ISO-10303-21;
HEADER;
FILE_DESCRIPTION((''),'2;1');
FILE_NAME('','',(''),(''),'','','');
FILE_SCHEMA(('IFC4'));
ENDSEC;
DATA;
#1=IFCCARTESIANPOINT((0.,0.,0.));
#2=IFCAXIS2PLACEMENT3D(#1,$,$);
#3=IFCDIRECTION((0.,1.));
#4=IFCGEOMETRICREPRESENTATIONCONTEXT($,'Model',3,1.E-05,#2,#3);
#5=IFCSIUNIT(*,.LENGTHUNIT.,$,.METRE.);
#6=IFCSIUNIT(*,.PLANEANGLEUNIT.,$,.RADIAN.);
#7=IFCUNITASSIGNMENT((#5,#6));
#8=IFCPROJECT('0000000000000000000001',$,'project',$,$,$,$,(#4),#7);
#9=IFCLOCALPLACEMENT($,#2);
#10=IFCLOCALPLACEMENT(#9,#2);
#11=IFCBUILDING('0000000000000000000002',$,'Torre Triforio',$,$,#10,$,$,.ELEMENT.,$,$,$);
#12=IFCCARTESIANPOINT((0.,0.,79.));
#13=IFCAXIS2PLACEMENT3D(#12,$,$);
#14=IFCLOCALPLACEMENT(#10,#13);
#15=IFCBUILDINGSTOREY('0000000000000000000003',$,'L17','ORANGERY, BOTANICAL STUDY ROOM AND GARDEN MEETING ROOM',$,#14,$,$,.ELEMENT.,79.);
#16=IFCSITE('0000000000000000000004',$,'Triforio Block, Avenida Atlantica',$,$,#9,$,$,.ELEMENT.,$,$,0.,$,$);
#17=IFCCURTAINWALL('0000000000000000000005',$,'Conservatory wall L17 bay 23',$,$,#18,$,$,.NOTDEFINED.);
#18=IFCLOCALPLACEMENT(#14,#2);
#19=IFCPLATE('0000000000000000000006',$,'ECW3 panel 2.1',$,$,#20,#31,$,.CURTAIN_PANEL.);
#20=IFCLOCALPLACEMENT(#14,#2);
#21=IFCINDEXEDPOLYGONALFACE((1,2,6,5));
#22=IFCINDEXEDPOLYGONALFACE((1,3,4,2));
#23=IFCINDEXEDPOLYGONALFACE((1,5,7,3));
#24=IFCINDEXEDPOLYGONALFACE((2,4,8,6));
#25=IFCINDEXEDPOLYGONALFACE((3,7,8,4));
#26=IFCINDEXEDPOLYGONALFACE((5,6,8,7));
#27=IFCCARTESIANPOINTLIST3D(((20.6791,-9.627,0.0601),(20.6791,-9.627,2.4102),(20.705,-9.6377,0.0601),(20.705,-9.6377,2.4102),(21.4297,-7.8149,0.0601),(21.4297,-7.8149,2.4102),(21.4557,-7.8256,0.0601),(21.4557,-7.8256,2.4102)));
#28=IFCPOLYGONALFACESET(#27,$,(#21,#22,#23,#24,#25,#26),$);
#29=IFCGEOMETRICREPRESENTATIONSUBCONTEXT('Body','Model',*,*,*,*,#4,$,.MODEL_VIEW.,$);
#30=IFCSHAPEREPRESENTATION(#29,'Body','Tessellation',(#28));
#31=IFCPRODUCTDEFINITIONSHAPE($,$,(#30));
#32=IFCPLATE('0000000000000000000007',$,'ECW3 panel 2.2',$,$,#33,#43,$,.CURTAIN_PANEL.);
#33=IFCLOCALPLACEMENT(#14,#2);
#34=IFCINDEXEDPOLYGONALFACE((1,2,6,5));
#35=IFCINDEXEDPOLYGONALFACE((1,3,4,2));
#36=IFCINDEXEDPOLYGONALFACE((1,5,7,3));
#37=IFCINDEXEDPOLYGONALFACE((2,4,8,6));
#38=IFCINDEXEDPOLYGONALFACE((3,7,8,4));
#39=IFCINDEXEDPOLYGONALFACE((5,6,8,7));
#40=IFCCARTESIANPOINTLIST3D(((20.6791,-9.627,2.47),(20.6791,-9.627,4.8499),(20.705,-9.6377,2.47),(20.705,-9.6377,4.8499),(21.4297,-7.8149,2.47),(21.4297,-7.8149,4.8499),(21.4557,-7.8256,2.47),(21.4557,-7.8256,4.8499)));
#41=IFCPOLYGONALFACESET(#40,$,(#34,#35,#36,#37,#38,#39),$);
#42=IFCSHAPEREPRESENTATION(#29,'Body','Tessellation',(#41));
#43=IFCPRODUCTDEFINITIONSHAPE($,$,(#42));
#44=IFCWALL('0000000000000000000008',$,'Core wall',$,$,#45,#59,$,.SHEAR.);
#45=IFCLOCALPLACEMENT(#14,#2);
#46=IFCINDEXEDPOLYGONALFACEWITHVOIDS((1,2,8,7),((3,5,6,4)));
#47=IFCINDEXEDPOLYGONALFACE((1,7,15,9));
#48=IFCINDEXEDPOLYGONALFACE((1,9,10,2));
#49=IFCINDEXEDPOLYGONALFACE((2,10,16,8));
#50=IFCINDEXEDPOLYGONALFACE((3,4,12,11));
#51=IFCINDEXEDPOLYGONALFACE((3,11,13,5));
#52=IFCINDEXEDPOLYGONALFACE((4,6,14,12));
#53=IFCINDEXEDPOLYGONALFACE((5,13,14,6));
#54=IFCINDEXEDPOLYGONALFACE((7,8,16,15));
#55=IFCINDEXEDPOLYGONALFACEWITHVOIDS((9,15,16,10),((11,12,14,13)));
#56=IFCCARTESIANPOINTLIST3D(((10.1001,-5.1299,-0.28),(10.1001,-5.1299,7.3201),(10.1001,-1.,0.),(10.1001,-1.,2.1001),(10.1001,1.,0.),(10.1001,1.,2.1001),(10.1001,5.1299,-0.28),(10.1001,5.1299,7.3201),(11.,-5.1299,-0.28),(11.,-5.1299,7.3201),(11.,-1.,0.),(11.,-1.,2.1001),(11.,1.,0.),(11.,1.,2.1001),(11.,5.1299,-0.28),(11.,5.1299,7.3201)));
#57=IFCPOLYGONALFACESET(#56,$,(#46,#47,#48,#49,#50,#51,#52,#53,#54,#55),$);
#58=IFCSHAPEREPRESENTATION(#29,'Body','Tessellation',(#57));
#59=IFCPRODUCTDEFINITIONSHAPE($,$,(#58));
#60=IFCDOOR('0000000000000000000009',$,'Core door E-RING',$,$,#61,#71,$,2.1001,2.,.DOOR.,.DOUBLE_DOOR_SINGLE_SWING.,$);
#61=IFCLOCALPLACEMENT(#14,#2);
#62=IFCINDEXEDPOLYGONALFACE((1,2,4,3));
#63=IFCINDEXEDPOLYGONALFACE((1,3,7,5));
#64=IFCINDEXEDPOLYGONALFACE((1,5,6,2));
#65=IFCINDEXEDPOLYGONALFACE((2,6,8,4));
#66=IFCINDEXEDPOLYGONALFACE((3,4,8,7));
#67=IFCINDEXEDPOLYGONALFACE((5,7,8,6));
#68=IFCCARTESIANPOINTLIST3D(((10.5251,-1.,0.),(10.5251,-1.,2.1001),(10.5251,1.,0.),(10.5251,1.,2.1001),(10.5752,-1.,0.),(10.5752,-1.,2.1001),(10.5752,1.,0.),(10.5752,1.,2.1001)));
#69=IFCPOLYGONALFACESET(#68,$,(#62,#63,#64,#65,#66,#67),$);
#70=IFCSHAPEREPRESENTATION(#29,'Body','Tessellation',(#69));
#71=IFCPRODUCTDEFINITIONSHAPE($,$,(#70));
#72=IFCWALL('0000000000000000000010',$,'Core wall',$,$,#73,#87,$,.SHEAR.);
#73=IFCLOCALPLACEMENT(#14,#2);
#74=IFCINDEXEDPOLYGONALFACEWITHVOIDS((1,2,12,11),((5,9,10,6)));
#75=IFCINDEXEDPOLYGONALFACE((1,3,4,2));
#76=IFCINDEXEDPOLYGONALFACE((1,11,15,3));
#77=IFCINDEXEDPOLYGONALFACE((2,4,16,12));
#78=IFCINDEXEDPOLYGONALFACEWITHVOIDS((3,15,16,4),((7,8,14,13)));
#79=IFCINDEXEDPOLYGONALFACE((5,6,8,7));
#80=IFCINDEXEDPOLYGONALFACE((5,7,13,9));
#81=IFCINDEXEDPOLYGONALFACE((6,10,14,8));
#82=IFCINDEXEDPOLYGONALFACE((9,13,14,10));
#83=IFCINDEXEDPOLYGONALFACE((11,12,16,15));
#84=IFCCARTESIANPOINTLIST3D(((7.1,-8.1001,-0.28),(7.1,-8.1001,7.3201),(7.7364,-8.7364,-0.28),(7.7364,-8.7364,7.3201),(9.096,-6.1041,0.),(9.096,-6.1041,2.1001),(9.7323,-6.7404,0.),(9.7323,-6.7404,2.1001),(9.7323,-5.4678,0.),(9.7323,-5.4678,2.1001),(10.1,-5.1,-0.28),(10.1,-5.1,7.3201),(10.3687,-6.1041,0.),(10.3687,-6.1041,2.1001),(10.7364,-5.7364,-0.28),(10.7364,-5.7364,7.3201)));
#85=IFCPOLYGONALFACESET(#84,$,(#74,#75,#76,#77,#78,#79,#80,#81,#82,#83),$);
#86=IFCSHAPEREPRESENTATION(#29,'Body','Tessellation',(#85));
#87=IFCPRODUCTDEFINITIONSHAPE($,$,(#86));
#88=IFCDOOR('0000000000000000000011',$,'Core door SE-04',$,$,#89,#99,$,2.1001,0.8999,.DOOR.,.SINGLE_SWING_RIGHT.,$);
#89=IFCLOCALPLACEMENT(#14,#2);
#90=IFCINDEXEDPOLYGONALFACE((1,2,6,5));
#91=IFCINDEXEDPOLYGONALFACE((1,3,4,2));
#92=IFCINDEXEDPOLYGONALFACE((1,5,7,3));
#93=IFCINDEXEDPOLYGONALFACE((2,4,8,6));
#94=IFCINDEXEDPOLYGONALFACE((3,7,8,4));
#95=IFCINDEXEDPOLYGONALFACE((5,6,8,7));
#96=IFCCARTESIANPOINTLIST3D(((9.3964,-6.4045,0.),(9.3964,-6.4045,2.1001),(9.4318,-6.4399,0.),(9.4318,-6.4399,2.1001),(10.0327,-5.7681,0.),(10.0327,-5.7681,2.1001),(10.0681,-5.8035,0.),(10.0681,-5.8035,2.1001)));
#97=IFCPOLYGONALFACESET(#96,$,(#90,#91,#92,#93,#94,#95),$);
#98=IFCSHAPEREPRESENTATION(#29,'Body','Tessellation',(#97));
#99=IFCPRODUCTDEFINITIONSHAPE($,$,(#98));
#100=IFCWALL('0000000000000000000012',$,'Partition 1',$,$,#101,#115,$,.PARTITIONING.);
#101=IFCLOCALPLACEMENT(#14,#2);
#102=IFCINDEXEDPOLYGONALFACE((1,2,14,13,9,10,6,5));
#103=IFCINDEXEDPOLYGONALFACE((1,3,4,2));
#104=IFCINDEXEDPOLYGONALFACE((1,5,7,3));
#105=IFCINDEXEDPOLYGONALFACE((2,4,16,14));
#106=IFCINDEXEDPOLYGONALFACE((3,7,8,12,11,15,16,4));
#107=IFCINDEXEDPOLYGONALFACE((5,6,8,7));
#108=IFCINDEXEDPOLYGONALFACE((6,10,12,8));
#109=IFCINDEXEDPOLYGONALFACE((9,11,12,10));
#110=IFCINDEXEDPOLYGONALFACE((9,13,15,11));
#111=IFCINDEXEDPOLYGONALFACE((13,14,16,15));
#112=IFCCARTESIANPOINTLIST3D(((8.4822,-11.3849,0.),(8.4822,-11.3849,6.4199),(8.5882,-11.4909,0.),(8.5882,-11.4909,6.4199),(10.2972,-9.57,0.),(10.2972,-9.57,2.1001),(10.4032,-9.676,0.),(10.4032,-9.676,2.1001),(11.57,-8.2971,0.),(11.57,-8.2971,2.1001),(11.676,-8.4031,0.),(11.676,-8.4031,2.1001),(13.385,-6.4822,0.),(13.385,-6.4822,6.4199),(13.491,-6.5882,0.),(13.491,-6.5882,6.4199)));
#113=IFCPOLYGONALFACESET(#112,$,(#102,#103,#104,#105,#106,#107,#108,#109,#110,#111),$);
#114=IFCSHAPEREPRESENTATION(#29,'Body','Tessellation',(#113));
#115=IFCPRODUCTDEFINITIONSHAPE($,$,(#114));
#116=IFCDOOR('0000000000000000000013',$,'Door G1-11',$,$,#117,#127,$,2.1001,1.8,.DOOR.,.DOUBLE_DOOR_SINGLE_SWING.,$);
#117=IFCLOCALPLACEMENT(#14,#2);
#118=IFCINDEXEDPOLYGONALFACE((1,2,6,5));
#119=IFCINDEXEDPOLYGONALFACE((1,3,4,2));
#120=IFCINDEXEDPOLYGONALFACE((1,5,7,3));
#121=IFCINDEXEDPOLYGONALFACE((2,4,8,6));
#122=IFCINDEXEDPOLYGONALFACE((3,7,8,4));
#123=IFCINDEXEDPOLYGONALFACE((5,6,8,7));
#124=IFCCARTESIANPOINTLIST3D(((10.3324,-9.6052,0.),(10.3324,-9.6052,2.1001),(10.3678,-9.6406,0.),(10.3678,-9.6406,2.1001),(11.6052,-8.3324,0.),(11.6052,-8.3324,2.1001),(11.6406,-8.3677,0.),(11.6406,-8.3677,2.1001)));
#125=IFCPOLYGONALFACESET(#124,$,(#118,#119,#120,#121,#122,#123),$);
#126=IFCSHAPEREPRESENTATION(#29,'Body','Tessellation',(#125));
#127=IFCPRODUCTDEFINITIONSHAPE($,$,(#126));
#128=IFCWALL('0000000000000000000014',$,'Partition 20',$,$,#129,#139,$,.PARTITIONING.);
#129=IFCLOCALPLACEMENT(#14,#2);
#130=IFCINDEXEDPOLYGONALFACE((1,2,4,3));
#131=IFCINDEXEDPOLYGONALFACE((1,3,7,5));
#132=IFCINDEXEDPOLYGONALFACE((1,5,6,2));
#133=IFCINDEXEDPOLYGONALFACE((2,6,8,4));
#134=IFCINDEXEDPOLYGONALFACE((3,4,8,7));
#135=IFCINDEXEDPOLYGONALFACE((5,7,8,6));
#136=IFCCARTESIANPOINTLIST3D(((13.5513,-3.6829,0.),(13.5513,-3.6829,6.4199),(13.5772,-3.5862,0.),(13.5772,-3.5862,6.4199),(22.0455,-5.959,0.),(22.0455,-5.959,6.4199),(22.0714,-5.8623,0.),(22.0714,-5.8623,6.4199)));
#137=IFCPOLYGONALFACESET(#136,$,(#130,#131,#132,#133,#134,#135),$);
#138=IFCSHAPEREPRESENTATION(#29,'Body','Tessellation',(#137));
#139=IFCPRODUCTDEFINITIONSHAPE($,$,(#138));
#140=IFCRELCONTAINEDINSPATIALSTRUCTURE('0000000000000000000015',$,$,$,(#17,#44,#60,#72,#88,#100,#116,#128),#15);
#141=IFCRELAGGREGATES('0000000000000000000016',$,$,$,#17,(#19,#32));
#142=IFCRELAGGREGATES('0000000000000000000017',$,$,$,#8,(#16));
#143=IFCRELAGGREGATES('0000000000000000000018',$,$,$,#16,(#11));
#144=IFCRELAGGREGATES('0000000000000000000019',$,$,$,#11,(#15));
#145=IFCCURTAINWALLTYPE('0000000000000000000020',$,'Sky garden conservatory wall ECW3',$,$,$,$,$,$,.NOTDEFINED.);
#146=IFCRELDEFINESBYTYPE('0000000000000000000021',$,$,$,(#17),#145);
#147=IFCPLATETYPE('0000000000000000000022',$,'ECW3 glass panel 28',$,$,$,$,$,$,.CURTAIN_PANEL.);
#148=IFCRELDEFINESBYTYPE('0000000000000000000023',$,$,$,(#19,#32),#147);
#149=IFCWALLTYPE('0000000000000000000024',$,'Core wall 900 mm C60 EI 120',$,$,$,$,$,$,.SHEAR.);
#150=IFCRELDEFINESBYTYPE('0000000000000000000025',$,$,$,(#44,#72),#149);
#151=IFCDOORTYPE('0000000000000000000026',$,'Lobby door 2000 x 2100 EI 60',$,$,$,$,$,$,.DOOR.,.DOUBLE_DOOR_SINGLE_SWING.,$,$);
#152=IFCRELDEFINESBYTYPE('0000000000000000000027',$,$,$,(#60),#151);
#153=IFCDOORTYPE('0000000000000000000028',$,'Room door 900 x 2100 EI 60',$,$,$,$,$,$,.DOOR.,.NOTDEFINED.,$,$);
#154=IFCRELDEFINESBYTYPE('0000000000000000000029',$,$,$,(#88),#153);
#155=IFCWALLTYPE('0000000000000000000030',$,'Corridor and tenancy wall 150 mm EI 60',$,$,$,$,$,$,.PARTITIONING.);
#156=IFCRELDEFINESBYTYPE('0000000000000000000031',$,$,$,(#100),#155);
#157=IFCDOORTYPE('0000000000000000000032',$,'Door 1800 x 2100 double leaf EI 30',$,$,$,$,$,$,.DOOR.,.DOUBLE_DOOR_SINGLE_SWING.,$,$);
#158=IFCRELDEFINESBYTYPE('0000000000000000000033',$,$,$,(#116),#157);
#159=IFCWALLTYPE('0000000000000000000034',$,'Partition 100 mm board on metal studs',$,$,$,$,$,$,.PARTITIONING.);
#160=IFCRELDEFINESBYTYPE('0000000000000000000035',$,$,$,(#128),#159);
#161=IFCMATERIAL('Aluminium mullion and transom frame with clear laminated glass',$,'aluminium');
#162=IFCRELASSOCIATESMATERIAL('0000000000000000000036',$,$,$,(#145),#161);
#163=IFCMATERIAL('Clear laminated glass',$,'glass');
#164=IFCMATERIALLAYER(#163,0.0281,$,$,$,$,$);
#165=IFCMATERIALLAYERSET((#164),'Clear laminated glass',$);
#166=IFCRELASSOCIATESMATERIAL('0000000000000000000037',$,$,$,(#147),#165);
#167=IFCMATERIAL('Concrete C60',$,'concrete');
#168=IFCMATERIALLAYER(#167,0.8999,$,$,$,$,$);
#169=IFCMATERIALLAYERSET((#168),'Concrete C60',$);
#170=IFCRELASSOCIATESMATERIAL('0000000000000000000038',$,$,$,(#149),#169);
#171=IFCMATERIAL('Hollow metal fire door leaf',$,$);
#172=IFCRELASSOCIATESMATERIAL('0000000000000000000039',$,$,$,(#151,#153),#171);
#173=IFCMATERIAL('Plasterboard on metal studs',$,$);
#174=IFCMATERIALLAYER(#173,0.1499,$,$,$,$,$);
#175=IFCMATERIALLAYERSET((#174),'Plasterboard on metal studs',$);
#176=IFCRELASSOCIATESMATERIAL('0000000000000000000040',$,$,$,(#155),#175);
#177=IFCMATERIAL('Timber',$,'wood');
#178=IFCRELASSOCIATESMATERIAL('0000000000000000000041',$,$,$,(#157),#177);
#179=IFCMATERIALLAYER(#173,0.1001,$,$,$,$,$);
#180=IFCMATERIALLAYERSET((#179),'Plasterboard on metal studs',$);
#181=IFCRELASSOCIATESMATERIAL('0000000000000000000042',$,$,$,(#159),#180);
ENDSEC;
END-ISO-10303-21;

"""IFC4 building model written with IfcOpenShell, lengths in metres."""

from ifc_helpers import new_model, si_unit, direction, frame, frame_2d, origin, origin_2d, place, context, subcontext, project, spatial, rectangle, extrude, material, layer, layer_set, type_object, element, fill, aggregate, save


model = new_model("IFC4")

# Units and contexts
model_context = context("Model", 3, precision=1e-05, world=origin(), true_north=direction((0.0, 1.0)))
body_context = subcontext(model_context, "Body", "Model", "MODEL_VIEW")
ifc_project = project(units=[si_unit("LENGTHUNIT", "METRE"), si_unit("PLANEANGLEUNIT", "RADIAN")], contexts=[model_context])

# Site, building, storey
site_placement = place(None, origin())
site = spatial("IfcSite", under=ifc_project, at=site_placement, Name="Triforio Block, Avenida Atlantica", CompositionType="ELEMENT", RefElevation=0.0)
building_placement = place(site_placement, origin())
building = spatial("IfcBuilding", under=site, at=building_placement, Name="Torre Triforio", CompositionType="ELEMENT")
storey_placement = place(building_placement, frame((0.0, 0.0, 79.0)))
storey = spatial("IfcBuildingStorey", under=building, at=storey_placement, Name="L17", Description="ORANGERY, BOTANICAL STUDY ROOM AND GARDEN MEETING ROOM", CompositionType="ELEMENT", Elevation=79.0)

# Curtain wall
ifc_material_1 = material(Name="Aluminium mullion and transom frame with clear laminated glass", Category="aluminium")
curtain_wall_type = type_object("IfcCurtainWallType", Name="Sky garden conservatory wall ECW3", PredefinedType="NOTDEFINED", material=ifc_material_1)
curtain_wall_placement = place(storey_placement, origin())
curtain_wall = element("IfcCurtainWall", 1, at=curtain_wall_placement, inside=storey, type_object=curtain_wall_type, Name="Conservatory wall L17 bay 23", PredefinedType="NOTDEFINED")

# Plates
ifc_material_2 = material(Name="Clear laminated glass", Category="glass")
ifc_layer_1 = layer(ifc_material_2, 0.0281)
ifc_layer_set_1 = layer_set([ifc_layer_1], Name="Clear laminated glass")
plate_type = type_object("IfcPlateType", Name="ECW3 glass panel 28", PredefinedType="CURTAIN_PANEL", material=ifc_layer_set_1)
plate_1_placement = place(storey_placement, frame((21.0674, -8.7263, 0.0601), z_axis=(0.0, 0.0, 1.0), x_axis=(0.382687, 0.923878, 0.0)))
plate_1 = element("IfcPlate", 2, at=plate_1_placement, type_object=plate_type, Name="ECW3 panel 2.1", PredefinedType="CURTAIN_PANEL", context=body_context, shape_type="SweptSolid", body=[
    extrude(rectangle(XDim=1.9614, YDim=0.0281, at=origin_2d()), origin(), (0.0, 0.0, 1.0), 2.3501),
])
plate_2_placement = place(storey_placement, frame((21.0674, -8.7263, 2.47), z_axis=(0.0, 0.0, 1.0), x_axis=(0.382687, 0.923878, 0.0)))
plate_2 = element("IfcPlate", 3, at=plate_2_placement, type_object=plate_type, Name="ECW3 panel 2.2", PredefinedType="CURTAIN_PANEL", context=body_context, shape_type="SweptSolid", body=[
    extrude(rectangle(XDim=1.9614, YDim=0.0281, at=origin_2d()), origin(), (0.0, 0.0, 1.0), 2.3799),
])
aggregate(curtain_wall, [plate_1, plate_2])

# Walls, openings, doors
ifc_material_3 = material(Name="Concrete C60", Category="concrete")
ifc_layer_2 = layer(ifc_material_3, 0.8999)
ifc_layer_set_2 = layer_set([ifc_layer_2], Name="Concrete C60")
wall_type_1 = type_object("IfcWallType", Name="Core wall 900 mm C60 EI 120", PredefinedType="SHEAR", material=ifc_layer_set_2)
wall_1_placement = place(storey_placement, frame((10.55, -5.1299, -0.28), z_axis=(0.0, 0.0, 1.0), x_axis=(0.0, 1.0, 0.0)))
wall_1 = element("IfcWall", 4, at=wall_1_placement, inside=storey, type_object=wall_type_1, Name="Core wall", PredefinedType="SHEAR", context=body_context, shape_type="SweptSolid", body=[
    extrude(rectangle(XDim=10.2598, YDim=0.8999, at=frame_2d((5.1299, 0.0))), origin(), (0.0, 0.0, 1.0), 7.6001),
])
opening_1_placement = place(wall_1_placement, frame((4.1299, 0.0, 0.28)))
opening_1 = element("IfcOpeningElement", 5, at=opening_1_placement, cuts=wall_1, PredefinedType="OPENING", context=body_context, shape_type="SweptSolid", body=[
    extrude(rectangle(XDim=2.0, YDim=2.1001, at=frame_2d((1.0, 1.05))), frame((0.0, 0.46, 0.0), z_axis=(0.0, -1.0, 0.0), x_axis=(1.0, 0.0, 0.0)), (0.0, 0.0, 1.0), 0.9199),
])
ifc_material_4 = material(Name="Hollow metal fire door leaf")
door_type_1 = type_object("IfcDoorType", Name="Lobby door 2000 x 2100 EI 60", OperationType="DOUBLE_DOOR_SINGLE_SWING", PredefinedType="DOOR", material=ifc_material_4)
door_1_placement = place(opening_1_placement, origin())
door_1 = element("IfcDoor", 6, at=door_1_placement, inside=storey, type_object=door_type_1, Name="Core door E-RING", OperationType="DOUBLE_DOOR_SINGLE_SWING", OverallHeight=2.1001, OverallWidth=2.0, PredefinedType="DOOR", context=body_context, shape_type="SweptSolid", body=[
    extrude(rectangle(XDim=2.0, YDim=2.1001, at=frame_2d((1.0, 1.05))), frame((0.0, 0.0249, 0.0), z_axis=(0.0, -1.0, 0.0), x_axis=(1.0, 0.0, 0.0)), (0.0, 0.0, 1.0), 0.05),
])
fill(opening_1, door_1)
wall_2_placement = place(storey_placement, frame((10.4182, -5.4182, -0.28), z_axis=(0.0, 0.0, 1.0), x_axis=(-0.707107, -0.707107, 0.0)))
wall_2 = element("IfcWall", 7, at=wall_2_placement, inside=storey, type_object=wall_type_1, Name="Core wall", PredefinedType="SHEAR", context=body_context, shape_type="SweptSolid", body=[
    extrude(rectangle(XDim=4.2427, YDim=0.8999, at=frame_2d((2.1213, 0.0))), origin(), (0.0, 0.0, 1.0), 7.6001),
])
opening_2_placement = place(wall_2_placement, frame((0.52, 0.0, 0.28)))
opening_2 = element("IfcOpeningElement", 8, at=opening_2_placement, cuts=wall_2, PredefinedType="OPENING", context=body_context, shape_type="SweptSolid", body=[
    extrude(rectangle(XDim=0.8999, YDim=2.1001, at=frame_2d((0.45, 1.05))), frame((0.0, 0.46, 0.0), z_axis=(0.0, -1.0, 0.0), x_axis=(1.0, 0.0, 0.0)), (0.0, 0.0, 1.0), 0.9199),
])
door_type_2 = type_object("IfcDoorType", Name="Room door 900 x 2100 EI 60", OperationType="NOTDEFINED", PredefinedType="DOOR", material=ifc_material_4)
door_2_placement = place(opening_2_placement, origin())
door_2 = element("IfcDoor", 9, at=door_2_placement, inside=storey, type_object=door_type_2, Name="Core door SE-04", OperationType="SINGLE_SWING_RIGHT", OverallHeight=2.1001, OverallWidth=0.8999, PredefinedType="DOOR", context=body_context, shape_type="SweptSolid", body=[
    extrude(rectangle(XDim=0.8999, YDim=2.1001, at=frame_2d((0.45, 1.05))), frame((0.0, 0.0249, 0.0), z_axis=(0.0, -1.0, 0.0), x_axis=(1.0, 0.0, 0.0)), (0.0, 0.0, 1.0), 0.05),
])
fill(opening_2, door_2)
ifc_material_5 = material(Name="Plasterboard on metal studs")
ifc_layer_3 = layer(ifc_material_5, 0.1499)
ifc_layer_set_3 = layer_set([ifc_layer_3], Name="Plasterboard on metal studs")
wall_type_2 = type_object("IfcWallType", Name="Corridor and tenancy wall 150 mm EI 60", PredefinedType="PARTITIONING", material=ifc_layer_set_3)
wall_3_placement = place(storey_placement, frame((13.438, -6.5352, 0.0), z_axis=(0.0, 0.0, 1.0), x_axis=(-0.707107, -0.707107, 0.0)))
wall_3 = element("IfcWall", 10, at=wall_3_placement, inside=storey, type_object=wall_type_2, Name="Partition 1", PredefinedType="PARTITIONING", context=body_context, shape_type="SweptSolid", body=[
    extrude(rectangle(XDim=6.9336, YDim=0.1499, at=frame_2d((3.4668, 0.0))), origin(), (0.0, 0.0, 1.0), 6.4199),
])
opening_3_placement = place(wall_3_placement, frame((2.5669, 0.0, 0.0)))
opening_3 = element("IfcOpeningElement", 11, at=opening_3_placement, cuts=wall_3, PredefinedType="OPENING", context=body_context, shape_type="SweptSolid", body=[
    extrude(rectangle(XDim=1.8, YDim=2.1001, at=frame_2d((0.8999, 1.05))), frame((0.0, 0.085, 0.0), z_axis=(0.0, -1.0, 0.0), x_axis=(1.0, 0.0, 0.0)), (0.0, 0.0, 1.0), 0.1699),
])
ifc_material_6 = material(Name="Timber", Category="wood")
door_type_3 = type_object("IfcDoorType", Name="Door 1800 x 2100 double leaf EI 30", OperationType="DOUBLE_DOOR_SINGLE_SWING", PredefinedType="DOOR", material=ifc_material_6)
door_3_placement = place(opening_3_placement, origin())
door_3 = element("IfcDoor", 12, at=door_3_placement, inside=storey, type_object=door_type_3, Name="Door G1-11", OperationType="DOUBLE_DOOR_SINGLE_SWING", OverallHeight=2.1001, OverallWidth=1.8, PredefinedType="DOOR", context=body_context, shape_type="SweptSolid", body=[
    extrude(rectangle(XDim=1.8, YDim=2.1001, at=frame_2d((0.8999, 1.05))), frame((0.0, 0.0249, 0.0), z_axis=(0.0, -1.0, 0.0), x_axis=(1.0, 0.0, 0.0)), (0.0, 0.0, 1.0), 0.05),
])
fill(opening_3, door_3)

# Wall
ifc_layer_4 = layer(ifc_material_5, 0.1001)
ifc_layer_set_4 = layer_set([ifc_layer_4], Name="Plasterboard on metal studs")
wall_type_3 = type_object("IfcWallType", Name="Partition 100 mm board on metal studs", PredefinedType="PARTITIONING", material=ifc_layer_set_4)
wall_4_placement = place(storey_placement, frame((13.5642, -3.6345, 0.0), z_axis=(0.0, 0.0, 1.0), x_axis=(0.965924, -0.258825, 0.0)))
element("IfcWall", 13, at=wall_4_placement, inside=storey, type_object=wall_type_3, Name="Partition 20", PredefinedType="PARTITIONING", context=body_context, shape_type="SweptSolid", body=[
    extrude(rectangle(XDim=8.7939, YDim=0.1001, at=frame_2d((4.397, 0.0))), origin(), (0.0, 0.0, 1.0), 6.4199),
])

save(model, "model.ifc")
